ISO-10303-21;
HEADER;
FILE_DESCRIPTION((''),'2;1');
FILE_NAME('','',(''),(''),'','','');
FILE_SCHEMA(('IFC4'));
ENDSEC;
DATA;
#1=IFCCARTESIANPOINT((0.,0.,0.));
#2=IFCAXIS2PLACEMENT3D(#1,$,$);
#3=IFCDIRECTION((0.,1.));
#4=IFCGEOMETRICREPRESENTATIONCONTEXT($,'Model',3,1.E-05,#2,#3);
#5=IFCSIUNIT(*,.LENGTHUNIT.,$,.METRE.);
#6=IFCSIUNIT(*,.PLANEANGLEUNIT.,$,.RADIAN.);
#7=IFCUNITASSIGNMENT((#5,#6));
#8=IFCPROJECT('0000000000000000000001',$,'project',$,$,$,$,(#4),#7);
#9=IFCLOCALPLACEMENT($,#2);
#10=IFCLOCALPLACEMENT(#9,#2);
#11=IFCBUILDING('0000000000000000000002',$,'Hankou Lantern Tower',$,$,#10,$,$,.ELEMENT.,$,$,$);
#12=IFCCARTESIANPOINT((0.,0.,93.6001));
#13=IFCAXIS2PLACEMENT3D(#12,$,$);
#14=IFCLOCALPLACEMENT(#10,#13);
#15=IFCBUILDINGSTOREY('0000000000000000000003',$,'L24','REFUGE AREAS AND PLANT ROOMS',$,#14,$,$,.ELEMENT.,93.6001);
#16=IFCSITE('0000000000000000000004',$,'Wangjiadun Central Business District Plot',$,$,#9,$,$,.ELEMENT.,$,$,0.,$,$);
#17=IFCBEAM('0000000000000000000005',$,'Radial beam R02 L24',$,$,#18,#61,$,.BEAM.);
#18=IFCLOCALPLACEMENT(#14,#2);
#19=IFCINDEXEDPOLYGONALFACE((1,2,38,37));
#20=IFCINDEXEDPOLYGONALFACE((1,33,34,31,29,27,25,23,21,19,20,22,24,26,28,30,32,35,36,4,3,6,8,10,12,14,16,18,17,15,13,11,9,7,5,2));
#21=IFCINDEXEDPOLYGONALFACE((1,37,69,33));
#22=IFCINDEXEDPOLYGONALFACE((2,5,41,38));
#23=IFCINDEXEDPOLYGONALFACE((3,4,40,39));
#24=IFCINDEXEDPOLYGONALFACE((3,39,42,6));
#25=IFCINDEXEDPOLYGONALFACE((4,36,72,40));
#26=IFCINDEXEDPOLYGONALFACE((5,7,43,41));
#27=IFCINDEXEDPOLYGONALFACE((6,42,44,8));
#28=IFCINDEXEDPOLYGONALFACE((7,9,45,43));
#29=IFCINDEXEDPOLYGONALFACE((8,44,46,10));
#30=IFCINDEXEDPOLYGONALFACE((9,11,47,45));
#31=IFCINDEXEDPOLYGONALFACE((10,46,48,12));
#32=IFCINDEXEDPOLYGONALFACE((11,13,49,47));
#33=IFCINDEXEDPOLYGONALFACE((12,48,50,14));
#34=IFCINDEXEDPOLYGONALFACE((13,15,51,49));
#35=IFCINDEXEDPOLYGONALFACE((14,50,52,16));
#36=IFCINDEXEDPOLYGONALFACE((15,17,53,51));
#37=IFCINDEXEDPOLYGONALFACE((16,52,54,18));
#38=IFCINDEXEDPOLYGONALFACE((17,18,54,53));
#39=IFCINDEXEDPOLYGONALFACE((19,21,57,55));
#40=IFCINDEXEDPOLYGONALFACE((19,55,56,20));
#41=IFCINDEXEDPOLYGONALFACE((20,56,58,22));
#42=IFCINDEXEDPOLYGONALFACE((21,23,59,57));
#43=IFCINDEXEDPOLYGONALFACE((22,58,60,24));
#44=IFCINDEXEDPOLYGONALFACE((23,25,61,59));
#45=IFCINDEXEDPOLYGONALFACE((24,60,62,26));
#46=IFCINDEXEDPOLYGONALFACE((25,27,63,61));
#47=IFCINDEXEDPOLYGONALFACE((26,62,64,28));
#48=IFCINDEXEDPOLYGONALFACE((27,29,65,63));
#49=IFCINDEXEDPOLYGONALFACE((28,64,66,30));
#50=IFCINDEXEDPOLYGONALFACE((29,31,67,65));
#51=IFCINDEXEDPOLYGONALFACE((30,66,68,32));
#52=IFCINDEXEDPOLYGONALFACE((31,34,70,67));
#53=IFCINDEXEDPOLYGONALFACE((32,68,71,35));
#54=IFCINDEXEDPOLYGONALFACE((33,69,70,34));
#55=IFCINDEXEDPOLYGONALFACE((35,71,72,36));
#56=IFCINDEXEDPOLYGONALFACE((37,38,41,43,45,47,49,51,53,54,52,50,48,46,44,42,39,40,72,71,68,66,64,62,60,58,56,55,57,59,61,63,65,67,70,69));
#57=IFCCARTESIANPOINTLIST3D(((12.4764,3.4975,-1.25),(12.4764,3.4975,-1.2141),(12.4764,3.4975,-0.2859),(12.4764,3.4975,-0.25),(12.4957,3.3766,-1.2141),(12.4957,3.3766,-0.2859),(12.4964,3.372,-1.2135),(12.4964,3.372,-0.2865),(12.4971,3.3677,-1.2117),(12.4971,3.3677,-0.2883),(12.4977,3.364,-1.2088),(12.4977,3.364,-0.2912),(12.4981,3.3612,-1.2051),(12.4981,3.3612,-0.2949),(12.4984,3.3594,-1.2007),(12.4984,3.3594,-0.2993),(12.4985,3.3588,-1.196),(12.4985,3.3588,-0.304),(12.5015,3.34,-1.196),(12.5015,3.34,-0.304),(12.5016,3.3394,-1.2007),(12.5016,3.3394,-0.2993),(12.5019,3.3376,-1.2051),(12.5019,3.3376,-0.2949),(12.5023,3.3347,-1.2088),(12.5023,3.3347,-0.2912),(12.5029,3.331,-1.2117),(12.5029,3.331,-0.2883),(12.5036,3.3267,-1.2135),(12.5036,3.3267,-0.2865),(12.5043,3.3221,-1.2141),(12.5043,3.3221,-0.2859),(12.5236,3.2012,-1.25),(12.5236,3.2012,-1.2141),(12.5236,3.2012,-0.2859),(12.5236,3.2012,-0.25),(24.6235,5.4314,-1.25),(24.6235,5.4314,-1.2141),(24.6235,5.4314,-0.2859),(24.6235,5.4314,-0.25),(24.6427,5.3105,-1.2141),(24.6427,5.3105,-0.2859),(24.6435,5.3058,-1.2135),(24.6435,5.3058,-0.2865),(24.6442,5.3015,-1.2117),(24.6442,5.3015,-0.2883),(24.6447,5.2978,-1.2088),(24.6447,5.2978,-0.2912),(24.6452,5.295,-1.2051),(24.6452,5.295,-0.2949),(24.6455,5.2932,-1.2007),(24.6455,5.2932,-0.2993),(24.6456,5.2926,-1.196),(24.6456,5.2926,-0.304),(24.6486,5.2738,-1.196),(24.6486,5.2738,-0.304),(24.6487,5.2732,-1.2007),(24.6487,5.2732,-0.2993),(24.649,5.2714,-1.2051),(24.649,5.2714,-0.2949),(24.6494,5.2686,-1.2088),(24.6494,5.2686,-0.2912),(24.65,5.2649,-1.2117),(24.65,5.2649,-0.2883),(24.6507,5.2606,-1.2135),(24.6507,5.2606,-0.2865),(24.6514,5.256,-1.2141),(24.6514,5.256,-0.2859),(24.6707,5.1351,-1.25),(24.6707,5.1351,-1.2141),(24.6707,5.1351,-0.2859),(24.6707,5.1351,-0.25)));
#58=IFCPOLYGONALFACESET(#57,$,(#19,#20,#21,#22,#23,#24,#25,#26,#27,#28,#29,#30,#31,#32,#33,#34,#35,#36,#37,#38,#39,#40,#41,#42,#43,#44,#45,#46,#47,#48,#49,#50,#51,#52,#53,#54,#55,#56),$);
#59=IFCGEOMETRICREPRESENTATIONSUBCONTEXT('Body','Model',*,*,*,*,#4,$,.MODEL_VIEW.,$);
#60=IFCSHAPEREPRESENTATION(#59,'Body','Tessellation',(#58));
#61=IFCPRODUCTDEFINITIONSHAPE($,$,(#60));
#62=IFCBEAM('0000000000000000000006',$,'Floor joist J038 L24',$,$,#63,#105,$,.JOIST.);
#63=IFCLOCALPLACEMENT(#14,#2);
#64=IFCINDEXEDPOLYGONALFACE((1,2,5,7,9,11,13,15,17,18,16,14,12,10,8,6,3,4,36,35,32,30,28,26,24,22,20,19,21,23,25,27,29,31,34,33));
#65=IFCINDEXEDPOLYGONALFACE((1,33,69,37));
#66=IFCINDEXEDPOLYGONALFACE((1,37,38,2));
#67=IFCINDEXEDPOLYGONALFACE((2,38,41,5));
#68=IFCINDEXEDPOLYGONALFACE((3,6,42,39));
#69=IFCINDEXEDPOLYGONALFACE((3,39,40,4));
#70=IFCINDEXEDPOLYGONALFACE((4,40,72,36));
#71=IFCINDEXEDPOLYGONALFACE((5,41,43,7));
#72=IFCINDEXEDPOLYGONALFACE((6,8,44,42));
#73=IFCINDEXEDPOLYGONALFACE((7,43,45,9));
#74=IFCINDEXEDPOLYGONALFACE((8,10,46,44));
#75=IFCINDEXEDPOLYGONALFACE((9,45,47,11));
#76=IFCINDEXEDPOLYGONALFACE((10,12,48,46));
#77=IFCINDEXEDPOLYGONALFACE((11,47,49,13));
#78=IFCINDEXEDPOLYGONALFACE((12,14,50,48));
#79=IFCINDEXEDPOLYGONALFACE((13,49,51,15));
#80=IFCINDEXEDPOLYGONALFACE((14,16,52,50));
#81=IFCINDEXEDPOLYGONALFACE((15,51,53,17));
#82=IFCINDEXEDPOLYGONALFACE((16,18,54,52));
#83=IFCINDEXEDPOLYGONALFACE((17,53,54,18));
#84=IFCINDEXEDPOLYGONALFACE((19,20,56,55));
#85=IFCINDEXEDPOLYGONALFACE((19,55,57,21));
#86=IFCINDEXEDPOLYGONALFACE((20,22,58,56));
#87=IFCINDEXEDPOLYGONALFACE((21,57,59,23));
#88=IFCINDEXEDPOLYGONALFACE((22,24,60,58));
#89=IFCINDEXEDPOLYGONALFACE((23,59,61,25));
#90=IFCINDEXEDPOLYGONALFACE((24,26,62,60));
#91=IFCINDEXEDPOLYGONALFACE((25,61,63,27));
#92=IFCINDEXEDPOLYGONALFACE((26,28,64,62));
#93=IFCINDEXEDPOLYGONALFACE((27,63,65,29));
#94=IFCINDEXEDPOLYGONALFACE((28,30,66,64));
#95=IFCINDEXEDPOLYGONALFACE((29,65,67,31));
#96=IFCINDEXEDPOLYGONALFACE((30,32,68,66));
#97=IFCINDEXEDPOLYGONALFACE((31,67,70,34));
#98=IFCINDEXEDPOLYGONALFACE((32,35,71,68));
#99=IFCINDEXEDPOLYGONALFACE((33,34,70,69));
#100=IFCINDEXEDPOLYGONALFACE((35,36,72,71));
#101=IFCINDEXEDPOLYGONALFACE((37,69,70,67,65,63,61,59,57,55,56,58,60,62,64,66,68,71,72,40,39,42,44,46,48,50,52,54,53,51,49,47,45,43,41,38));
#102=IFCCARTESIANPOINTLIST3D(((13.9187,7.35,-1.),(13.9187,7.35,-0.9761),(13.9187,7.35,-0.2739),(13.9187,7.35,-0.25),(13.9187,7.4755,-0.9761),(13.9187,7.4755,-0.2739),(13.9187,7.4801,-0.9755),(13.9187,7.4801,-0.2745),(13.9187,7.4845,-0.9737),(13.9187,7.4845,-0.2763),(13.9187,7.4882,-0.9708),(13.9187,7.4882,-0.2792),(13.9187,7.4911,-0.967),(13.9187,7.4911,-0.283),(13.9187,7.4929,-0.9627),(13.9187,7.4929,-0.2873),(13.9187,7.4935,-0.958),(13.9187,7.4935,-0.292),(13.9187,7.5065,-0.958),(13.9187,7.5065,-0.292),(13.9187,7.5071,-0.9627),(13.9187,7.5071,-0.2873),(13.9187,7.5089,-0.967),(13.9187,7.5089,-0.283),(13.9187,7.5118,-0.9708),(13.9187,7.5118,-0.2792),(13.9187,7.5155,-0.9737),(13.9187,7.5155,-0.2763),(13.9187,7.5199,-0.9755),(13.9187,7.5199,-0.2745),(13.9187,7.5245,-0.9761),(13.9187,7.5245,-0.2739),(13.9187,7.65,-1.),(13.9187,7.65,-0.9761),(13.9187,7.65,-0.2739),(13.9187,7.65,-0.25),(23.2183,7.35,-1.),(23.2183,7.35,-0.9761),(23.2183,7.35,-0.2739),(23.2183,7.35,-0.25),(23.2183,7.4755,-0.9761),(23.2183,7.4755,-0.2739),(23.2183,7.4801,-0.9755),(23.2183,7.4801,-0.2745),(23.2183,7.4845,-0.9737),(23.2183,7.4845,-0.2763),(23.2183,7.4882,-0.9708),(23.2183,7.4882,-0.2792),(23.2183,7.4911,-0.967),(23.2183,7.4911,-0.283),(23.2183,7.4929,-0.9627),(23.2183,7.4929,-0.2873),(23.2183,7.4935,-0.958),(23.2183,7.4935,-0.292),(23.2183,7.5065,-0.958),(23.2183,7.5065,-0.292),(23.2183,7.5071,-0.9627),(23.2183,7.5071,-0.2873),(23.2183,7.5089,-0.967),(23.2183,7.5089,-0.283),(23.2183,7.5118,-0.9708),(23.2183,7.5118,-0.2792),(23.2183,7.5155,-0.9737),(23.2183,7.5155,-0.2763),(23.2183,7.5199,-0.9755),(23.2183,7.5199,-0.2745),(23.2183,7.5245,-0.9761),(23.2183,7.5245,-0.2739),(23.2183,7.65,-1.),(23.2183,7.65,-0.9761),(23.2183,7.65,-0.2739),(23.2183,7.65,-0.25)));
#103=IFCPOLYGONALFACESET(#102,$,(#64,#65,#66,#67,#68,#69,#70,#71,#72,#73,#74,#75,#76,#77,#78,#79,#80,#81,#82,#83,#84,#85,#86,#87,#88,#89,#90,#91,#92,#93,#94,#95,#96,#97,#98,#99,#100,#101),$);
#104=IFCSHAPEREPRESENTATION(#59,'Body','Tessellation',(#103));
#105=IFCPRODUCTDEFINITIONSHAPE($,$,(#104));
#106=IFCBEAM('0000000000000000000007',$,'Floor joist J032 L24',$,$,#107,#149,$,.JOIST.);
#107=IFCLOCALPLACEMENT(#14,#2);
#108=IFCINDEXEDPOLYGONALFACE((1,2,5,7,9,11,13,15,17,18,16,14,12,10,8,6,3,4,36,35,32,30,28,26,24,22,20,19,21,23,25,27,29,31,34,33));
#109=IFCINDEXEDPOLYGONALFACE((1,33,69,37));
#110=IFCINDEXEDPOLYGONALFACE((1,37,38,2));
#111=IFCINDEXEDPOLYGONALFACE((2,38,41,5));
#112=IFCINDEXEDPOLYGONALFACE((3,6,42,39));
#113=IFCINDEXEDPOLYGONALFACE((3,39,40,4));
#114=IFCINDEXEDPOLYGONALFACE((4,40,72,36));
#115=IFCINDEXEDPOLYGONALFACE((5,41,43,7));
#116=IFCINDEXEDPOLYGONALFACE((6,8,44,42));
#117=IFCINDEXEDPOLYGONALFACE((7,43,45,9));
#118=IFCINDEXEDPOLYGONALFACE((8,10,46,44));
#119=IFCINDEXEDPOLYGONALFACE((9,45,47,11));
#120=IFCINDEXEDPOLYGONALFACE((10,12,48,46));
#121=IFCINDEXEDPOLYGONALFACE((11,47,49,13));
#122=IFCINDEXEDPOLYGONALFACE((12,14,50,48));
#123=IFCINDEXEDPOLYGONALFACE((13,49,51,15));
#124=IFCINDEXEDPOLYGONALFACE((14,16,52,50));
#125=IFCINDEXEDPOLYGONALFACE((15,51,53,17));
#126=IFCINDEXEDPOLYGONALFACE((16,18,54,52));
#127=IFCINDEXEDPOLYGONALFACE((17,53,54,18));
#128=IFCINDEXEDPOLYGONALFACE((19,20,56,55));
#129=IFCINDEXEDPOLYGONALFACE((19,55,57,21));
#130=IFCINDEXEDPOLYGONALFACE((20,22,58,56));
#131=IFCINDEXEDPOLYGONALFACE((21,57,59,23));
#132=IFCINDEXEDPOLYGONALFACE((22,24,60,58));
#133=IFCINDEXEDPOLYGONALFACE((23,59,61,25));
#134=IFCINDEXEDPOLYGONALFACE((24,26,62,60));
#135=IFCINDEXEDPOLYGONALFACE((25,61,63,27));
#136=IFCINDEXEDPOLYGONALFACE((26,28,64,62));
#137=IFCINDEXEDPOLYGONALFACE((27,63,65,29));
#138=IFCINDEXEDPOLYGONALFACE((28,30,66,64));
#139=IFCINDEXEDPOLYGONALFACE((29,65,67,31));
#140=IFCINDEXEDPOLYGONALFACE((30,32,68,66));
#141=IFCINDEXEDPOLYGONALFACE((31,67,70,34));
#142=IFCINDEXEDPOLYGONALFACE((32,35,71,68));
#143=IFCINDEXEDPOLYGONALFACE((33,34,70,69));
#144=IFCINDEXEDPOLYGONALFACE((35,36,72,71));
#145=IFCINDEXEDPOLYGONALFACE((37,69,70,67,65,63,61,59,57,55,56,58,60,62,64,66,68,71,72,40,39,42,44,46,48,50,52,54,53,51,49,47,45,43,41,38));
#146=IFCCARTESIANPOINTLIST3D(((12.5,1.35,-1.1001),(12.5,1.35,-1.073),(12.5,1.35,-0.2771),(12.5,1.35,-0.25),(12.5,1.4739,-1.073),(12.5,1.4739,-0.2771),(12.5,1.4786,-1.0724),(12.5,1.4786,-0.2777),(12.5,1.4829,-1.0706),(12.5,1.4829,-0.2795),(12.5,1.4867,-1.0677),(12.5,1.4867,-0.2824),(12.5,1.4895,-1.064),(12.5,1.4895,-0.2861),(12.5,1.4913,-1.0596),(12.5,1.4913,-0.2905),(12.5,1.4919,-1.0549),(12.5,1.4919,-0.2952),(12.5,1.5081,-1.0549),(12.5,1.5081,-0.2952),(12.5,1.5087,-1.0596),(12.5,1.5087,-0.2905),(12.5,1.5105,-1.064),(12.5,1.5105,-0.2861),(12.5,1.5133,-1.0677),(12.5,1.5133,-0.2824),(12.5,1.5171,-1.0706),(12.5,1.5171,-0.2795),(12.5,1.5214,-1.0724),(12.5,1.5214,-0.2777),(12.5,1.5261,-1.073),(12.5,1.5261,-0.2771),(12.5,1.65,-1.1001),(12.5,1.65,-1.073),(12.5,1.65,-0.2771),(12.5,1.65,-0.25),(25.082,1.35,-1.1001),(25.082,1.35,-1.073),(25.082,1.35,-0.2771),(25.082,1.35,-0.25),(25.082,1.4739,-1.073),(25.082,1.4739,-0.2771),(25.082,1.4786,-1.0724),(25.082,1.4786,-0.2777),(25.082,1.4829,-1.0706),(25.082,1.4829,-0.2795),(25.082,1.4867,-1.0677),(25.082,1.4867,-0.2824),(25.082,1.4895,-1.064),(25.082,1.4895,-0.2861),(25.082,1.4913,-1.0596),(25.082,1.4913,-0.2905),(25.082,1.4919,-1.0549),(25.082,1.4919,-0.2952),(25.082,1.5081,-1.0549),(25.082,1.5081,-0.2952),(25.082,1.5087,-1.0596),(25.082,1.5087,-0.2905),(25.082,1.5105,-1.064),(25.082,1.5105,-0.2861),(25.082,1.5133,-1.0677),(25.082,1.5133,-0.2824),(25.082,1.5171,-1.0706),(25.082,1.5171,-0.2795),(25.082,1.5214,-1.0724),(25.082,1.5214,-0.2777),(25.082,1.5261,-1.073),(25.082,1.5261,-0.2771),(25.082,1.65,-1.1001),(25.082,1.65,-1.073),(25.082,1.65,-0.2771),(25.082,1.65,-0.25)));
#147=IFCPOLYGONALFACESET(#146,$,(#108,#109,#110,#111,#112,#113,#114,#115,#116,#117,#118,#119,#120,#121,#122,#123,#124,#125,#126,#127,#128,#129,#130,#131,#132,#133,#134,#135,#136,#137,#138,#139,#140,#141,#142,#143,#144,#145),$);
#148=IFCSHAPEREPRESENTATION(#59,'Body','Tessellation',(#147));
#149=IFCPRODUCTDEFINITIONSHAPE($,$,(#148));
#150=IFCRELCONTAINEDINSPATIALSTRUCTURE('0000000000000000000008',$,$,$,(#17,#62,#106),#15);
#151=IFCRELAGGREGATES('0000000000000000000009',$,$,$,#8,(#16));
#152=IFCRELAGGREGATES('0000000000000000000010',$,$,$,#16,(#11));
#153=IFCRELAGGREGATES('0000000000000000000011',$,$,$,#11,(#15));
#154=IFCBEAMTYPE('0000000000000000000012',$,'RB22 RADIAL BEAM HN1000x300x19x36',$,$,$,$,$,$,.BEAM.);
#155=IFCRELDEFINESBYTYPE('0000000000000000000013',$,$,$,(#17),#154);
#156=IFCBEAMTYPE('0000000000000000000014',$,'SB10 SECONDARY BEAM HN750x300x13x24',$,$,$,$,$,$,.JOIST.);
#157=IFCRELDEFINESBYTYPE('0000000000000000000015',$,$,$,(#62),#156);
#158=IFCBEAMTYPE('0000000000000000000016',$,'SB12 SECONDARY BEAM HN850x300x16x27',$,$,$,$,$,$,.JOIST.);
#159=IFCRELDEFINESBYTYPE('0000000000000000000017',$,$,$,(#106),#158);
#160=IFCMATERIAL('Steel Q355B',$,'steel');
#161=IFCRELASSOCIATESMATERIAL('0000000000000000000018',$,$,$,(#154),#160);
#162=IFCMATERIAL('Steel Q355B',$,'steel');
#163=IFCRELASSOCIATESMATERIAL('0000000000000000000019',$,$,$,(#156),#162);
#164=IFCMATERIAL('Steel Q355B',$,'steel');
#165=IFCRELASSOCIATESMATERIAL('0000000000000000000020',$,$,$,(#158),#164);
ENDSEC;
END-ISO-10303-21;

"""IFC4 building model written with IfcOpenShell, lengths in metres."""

from ifc_helpers import new_model, si_unit, direction, frame, origin, origin_2d, place, context, subcontext, project, spatial, i_section, extrude, material, material_profile, profile_set, type_object, element, save


model = new_model("IFC4")

# Units and contexts
model_context = context("Model", 3, precision=1e-05, world=origin(), true_north=direction((0.0, 1.0)))
body_context = subcontext(model_context, "Body", "Model", "MODEL_VIEW")
ifc_project = project(units=[si_unit("LENGTHUNIT", "METRE"), si_unit("PLANEANGLEUNIT", "RADIAN")], contexts=[model_context])

# Site, building, storey
site_placement = place(None, origin())
site = spatial("IfcSite", under=ifc_project, at=site_placement, Name="Wangjiadun Central Business District Plot", CompositionType="ELEMENT", RefElevation=0.0)
building_placement = place(site_placement, origin())
building = spatial("IfcBuilding", under=site, at=building_placement, Name="Hankou Lantern Tower", CompositionType="ELEMENT")
storey_placement = place(building_placement, frame((0.0, 0.0, 93.6001)))
storey = spatial("IfcBuildingStorey", under=building, at=storey_placement, Name="L24", Description="REFUGE AREAS AND PLANT ROOMS", CompositionType="ELEMENT", Elevation=93.6001)

# Beams
ifc_material_1 = material(Name="Steel Q355B", Category="steel")
ifc_material_profile_1 = material_profile(ifc_material_1, i_section(OverallWidth=0.3, OverallDepth=1.0, WebThickness=0.019, FlangeThickness=0.0359, FilletRadius=0.0181, at=origin_2d()), Name="HN1000x300x19x36")
ifc_profile_set_1 = profile_set([ifc_material_profile_1], Name="Steel Q355B")
beam_type_1 = type_object("IfcBeamType", Name="RB22 RADIAL BEAM HN1000x300x19x36", PredefinedType="BEAM", material=ifc_profile_set_1)
beam_1_placement = place(storey_placement, frame((12.5, 3.3494, -0.75), z_axis=(0.987563, 0.157223, 0.0), x_axis=(-0.157223, 0.987563, 0.0)))
element("IfcBeam", 1, at=beam_1_placement, inside=storey, type_object=beam_type_1, Name="Radial beam R02 L24", PredefinedType="BEAM", context=body_context, shape_type="SweptSolid", body=[
    extrude(i_section(OverallWidth=0.3, OverallDepth=1.0, WebThickness=0.019, FlangeThickness=0.0359, FilletRadius=0.0181, at=origin_2d()), origin(), (0.0, 0.0, 1.0), 12.3),
])
ifc_material_2 = material(Name="Steel Q355B", Category="steel")
ifc_material_profile_2 = material_profile(ifc_material_2, i_section(OverallWidth=0.3, OverallDepth=0.75, WebThickness=0.0129, FlangeThickness=0.0239, FilletRadius=0.0181, at=origin_2d()), Name="HN750x300x13x24")
ifc_profile_set_2 = profile_set([ifc_material_profile_2], Name="Steel Q355B")
beam_type_2 = type_object("IfcBeamType", Name="SB10 SECONDARY BEAM HN750x300x13x24", PredefinedType="JOIST", material=ifc_profile_set_2)
beam_2_placement = place(storey_placement, frame((13.9187, 7.5, -0.625), z_axis=(1.0, 0.0, 0.0), x_axis=(0.0, 1.0, 0.0)))
element("IfcBeam", 2, at=beam_2_placement, inside=storey, type_object=beam_type_2, Name="Floor joist J038 L24", PredefinedType="JOIST", context=body_context, shape_type="SweptSolid", body=[
    extrude(i_section(OverallWidth=0.3, OverallDepth=0.75, WebThickness=0.0129, FlangeThickness=0.0239, FilletRadius=0.0181, at=origin_2d()), origin(), (0.0, 0.0, 1.0), 9.2996),
])
ifc_material_3 = material(Name="Steel Q355B", Category="steel")
ifc_material_profile_3 = material_profile(ifc_material_3, i_section(OverallWidth=0.3, OverallDepth=0.8501, WebThickness=0.0161, FlangeThickness=0.0271, FilletRadius=0.0181, at=origin_2d()), Name="HN850x300x16x27")
ifc_profile_set_3 = profile_set([ifc_material_profile_3], Name="Steel Q355B")
beam_type_3 = type_object("IfcBeamType", Name="SB12 SECONDARY BEAM HN850x300x16x27", PredefinedType="JOIST", material=ifc_profile_set_3)
beam_3_placement = place(storey_placement, frame((12.5, 1.5, -0.675), z_axis=(1.0, 0.0, 0.0), x_axis=(0.0, 1.0, 0.0)))
element("IfcBeam", 3, at=beam_3_placement, inside=storey, type_object=beam_type_3, Name="Floor joist J032 L24", PredefinedType="JOIST", context=body_context, shape_type="SweptSolid", body=[
    extrude(i_section(OverallWidth=0.3, OverallDepth=0.8501, WebThickness=0.0161, FlangeThickness=0.0271, FilletRadius=0.0181, at=origin_2d()), origin(), (0.0, 0.0, 1.0), 12.582),
])

save(model, "model.ifc")
